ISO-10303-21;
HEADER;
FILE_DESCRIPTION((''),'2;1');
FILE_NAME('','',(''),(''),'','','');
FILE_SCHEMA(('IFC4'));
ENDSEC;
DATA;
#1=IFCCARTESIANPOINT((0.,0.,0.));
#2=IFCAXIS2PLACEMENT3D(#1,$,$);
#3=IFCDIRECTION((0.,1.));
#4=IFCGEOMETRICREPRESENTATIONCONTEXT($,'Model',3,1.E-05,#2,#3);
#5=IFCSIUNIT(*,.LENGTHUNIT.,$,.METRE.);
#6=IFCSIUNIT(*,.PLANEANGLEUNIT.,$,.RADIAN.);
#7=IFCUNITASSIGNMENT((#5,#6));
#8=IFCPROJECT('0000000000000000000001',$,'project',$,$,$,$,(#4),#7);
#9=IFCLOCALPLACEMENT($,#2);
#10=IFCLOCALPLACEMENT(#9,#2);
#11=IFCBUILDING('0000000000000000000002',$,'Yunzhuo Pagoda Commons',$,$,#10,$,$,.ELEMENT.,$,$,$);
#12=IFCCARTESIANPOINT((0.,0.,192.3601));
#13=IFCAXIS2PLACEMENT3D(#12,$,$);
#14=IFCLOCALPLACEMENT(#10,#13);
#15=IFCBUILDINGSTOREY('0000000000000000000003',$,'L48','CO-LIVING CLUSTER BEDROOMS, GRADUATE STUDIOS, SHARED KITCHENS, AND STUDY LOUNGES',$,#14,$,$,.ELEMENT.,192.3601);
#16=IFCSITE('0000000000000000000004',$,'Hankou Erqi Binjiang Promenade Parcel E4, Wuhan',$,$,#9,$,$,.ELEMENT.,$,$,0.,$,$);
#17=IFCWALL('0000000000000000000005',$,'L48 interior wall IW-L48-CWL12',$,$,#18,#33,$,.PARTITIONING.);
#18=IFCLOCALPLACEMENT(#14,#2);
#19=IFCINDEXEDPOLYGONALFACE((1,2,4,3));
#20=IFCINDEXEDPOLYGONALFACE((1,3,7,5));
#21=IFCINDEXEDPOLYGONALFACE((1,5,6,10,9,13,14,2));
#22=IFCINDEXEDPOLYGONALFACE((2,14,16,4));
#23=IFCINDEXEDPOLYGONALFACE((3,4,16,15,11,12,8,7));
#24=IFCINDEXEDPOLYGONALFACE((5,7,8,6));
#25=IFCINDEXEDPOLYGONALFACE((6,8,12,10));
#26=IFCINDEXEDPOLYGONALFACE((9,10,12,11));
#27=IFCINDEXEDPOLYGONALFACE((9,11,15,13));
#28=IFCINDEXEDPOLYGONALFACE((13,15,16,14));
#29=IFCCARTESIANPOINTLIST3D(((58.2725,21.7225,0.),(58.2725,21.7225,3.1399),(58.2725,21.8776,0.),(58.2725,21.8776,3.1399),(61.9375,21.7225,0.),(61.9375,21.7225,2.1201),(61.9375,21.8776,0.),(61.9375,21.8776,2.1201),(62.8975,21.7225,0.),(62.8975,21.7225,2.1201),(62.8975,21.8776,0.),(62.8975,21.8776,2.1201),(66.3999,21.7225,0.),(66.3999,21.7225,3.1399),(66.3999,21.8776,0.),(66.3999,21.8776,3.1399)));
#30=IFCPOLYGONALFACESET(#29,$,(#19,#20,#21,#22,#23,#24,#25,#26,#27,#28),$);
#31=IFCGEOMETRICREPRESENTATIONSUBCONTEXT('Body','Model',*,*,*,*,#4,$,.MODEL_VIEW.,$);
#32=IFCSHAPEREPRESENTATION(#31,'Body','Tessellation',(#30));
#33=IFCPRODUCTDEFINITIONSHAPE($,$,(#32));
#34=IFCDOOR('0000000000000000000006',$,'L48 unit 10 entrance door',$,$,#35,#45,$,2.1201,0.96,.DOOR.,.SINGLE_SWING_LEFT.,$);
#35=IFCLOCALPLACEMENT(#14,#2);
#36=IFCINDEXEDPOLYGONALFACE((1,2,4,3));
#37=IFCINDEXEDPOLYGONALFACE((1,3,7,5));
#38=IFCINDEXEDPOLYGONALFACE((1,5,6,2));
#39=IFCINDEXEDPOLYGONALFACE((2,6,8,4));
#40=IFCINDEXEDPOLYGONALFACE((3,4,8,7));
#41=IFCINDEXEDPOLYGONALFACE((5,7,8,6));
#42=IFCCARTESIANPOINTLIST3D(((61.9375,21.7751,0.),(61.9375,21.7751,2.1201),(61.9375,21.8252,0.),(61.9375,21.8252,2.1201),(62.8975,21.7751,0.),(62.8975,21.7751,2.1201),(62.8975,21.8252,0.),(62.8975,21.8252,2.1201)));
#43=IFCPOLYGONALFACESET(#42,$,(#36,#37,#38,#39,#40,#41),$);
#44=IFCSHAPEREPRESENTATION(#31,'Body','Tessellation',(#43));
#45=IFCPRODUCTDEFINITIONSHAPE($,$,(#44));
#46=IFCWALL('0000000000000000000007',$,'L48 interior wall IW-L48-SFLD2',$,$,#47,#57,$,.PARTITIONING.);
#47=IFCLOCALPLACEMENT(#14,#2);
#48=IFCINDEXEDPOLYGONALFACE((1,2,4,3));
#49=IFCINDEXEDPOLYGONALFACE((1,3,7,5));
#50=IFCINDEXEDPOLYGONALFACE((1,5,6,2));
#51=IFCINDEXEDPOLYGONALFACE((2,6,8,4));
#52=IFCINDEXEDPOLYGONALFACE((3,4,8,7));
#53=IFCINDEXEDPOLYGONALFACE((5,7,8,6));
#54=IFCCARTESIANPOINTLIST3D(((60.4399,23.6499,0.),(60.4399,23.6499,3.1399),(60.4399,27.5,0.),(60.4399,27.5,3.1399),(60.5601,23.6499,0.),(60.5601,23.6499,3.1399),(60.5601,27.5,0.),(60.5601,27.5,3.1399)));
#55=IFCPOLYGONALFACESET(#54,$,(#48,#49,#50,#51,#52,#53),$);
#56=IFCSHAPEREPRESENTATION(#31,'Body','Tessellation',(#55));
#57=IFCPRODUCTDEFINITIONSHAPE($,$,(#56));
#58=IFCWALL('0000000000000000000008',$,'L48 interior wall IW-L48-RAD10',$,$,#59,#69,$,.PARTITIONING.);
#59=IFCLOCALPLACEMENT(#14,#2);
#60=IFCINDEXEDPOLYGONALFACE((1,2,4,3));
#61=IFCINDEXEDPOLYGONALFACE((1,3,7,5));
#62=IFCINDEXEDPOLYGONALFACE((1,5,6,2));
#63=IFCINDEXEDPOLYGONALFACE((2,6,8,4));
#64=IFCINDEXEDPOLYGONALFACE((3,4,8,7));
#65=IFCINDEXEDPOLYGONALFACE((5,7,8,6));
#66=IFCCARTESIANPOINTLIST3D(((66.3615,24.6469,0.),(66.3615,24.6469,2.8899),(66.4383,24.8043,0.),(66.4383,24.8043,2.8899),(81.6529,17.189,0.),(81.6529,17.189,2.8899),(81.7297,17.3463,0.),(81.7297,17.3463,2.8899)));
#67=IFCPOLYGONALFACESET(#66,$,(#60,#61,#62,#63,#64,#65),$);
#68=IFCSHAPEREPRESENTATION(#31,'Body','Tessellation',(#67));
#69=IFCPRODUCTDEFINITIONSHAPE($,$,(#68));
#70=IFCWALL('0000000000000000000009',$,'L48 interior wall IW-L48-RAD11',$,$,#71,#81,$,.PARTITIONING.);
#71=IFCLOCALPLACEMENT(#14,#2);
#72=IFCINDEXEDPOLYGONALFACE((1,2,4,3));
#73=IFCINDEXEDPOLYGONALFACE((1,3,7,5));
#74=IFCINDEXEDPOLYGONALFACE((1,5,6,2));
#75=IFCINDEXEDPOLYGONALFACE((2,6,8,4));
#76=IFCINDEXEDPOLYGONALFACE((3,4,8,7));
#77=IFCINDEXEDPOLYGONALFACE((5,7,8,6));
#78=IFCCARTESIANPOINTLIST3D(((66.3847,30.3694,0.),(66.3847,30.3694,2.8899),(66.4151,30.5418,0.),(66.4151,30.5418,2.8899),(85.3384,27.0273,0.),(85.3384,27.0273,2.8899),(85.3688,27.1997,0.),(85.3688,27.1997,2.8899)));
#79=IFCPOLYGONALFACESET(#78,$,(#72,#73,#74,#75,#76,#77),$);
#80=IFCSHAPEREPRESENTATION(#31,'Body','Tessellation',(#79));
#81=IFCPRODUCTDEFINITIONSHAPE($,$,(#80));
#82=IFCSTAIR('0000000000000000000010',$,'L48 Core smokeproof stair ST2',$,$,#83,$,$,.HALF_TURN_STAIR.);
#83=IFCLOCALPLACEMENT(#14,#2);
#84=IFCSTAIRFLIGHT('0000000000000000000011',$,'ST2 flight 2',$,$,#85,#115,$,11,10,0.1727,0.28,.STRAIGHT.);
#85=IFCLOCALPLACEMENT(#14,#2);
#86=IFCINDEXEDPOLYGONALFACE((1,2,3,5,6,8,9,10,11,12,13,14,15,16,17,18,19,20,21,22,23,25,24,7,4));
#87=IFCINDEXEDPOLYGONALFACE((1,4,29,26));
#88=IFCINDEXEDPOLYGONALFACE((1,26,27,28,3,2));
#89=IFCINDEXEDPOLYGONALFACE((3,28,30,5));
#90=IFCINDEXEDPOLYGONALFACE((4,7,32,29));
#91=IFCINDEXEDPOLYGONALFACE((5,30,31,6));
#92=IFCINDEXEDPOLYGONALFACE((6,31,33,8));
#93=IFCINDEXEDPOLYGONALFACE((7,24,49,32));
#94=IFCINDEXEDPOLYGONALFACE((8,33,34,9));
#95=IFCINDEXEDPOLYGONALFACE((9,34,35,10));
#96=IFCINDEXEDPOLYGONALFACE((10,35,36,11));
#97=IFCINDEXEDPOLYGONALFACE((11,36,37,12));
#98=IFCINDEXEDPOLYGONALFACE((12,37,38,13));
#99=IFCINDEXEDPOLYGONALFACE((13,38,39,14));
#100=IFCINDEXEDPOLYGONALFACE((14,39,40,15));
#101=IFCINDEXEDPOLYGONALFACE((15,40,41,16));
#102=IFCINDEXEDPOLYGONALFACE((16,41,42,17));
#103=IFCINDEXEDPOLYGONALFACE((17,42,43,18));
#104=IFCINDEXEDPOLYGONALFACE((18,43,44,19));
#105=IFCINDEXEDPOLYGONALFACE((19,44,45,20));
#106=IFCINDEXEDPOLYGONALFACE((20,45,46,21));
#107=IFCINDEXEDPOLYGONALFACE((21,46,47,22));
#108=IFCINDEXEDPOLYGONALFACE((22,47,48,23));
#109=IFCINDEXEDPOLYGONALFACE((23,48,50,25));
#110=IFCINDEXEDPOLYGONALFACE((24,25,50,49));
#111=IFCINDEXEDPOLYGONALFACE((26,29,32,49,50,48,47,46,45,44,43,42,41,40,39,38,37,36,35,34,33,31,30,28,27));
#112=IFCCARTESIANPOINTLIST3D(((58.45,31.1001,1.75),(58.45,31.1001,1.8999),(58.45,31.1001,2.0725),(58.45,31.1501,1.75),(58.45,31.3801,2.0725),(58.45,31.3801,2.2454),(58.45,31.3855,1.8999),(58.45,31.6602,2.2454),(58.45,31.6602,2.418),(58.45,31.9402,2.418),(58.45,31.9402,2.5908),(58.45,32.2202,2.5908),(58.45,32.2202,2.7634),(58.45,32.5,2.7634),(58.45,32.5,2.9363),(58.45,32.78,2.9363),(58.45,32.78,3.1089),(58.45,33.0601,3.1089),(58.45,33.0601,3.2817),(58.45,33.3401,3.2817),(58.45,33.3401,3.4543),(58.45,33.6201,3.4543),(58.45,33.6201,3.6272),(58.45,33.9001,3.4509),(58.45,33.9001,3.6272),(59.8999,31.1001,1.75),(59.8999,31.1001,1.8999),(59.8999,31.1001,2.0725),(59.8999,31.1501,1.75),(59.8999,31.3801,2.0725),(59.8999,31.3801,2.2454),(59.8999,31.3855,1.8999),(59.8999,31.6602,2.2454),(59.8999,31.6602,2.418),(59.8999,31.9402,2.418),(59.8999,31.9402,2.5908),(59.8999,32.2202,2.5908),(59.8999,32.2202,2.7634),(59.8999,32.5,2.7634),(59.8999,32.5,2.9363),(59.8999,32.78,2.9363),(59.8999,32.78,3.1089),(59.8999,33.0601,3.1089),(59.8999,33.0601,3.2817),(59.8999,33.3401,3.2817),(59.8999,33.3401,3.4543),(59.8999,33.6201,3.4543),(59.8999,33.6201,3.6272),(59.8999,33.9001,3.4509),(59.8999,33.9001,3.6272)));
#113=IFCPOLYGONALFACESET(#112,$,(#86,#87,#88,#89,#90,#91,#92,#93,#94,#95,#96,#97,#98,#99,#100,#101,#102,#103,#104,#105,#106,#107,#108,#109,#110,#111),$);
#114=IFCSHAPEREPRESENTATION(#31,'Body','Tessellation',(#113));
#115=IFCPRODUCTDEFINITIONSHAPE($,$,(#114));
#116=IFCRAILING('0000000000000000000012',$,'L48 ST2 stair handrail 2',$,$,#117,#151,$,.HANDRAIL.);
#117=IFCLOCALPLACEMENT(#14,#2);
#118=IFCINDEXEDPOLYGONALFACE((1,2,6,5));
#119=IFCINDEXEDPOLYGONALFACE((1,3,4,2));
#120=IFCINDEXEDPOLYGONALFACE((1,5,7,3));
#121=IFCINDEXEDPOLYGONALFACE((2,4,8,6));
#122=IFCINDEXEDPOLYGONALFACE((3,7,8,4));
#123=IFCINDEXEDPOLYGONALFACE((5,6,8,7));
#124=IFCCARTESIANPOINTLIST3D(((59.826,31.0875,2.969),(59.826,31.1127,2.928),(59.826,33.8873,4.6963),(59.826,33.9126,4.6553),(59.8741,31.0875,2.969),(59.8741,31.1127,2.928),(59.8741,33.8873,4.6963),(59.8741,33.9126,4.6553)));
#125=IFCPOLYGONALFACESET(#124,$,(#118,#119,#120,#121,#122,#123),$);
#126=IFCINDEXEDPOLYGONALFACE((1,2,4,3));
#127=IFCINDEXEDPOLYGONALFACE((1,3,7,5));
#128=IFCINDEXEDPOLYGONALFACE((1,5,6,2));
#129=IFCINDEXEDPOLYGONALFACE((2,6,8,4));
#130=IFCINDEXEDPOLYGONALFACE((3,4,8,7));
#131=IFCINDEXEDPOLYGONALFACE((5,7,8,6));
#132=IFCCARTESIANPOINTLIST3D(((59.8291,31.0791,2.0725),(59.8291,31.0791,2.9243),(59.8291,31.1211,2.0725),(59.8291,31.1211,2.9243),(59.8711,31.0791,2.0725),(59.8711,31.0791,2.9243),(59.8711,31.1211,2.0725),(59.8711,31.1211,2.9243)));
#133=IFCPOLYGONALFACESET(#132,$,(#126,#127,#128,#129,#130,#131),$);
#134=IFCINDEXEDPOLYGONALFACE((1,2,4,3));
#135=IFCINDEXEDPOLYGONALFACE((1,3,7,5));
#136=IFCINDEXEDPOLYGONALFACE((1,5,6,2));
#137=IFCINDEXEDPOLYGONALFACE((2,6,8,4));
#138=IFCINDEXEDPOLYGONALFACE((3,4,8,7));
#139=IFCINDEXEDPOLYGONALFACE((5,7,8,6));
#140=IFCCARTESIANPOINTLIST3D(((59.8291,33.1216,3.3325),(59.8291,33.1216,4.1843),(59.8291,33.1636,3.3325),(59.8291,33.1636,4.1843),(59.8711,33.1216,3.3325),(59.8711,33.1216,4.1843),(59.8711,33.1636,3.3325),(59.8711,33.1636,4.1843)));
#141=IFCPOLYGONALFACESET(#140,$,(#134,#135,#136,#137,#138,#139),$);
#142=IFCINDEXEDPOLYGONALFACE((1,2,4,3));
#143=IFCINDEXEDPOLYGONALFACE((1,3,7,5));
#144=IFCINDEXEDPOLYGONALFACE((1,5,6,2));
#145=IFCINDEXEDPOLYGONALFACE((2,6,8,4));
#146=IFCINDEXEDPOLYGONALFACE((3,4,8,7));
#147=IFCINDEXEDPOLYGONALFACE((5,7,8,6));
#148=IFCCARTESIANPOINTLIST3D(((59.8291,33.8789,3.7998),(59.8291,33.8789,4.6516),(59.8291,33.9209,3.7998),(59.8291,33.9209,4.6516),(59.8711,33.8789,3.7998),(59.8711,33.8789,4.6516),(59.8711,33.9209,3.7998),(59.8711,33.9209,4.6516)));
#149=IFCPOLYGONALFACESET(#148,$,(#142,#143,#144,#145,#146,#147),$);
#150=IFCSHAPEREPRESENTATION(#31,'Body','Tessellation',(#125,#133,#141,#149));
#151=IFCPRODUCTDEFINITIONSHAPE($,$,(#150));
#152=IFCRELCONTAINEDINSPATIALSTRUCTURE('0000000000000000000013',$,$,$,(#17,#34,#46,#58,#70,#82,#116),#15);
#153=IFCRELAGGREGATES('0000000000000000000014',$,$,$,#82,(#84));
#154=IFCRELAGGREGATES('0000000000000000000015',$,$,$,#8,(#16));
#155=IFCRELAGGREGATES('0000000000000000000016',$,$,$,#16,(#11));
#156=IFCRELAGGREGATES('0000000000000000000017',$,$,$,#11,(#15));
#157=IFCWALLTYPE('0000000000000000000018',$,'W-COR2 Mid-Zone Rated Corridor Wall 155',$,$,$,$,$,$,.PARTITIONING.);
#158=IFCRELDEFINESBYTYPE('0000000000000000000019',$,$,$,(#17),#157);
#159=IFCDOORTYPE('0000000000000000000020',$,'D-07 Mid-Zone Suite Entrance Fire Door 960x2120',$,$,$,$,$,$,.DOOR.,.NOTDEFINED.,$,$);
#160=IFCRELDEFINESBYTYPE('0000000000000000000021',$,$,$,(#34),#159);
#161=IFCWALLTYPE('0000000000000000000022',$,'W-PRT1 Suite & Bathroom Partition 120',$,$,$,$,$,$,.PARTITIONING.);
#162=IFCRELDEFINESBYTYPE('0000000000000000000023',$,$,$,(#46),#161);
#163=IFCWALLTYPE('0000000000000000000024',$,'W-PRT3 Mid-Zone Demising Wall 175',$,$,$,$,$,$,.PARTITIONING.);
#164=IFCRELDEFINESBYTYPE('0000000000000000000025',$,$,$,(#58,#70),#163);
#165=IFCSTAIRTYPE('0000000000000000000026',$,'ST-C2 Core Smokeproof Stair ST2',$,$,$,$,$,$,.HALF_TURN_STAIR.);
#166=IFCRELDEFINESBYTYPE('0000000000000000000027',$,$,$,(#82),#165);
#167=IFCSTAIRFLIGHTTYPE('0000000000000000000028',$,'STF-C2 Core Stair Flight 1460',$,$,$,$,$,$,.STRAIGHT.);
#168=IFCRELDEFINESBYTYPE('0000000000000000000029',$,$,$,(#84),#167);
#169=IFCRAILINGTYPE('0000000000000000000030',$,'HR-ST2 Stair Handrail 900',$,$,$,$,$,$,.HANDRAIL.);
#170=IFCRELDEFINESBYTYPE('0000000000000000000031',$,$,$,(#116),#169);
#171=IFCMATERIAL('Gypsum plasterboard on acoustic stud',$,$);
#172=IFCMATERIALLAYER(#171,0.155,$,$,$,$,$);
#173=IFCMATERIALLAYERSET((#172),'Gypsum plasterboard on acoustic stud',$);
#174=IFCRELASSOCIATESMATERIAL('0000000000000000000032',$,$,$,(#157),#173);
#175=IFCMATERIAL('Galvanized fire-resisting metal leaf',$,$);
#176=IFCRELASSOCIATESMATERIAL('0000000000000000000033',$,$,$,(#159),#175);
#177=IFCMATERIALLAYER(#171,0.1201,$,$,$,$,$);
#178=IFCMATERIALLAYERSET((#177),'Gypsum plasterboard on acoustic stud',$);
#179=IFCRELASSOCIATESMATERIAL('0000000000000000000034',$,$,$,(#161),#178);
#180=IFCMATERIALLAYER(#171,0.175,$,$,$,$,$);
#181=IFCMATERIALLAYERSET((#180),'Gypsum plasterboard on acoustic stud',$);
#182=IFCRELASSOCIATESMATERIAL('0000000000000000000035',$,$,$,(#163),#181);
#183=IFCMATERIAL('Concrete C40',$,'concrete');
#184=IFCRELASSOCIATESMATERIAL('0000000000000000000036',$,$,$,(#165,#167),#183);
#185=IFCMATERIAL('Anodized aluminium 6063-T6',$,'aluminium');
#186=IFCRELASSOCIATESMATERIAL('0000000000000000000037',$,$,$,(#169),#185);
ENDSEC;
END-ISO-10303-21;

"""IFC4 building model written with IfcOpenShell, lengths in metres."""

from ifc_helpers import new_model, si_unit, direction, frame, frame_2d, origin, origin_with_axes, origin_2d, place, context, subcontext, project, spatial, polyline, rectangle, outline, extrude, source, transform, mapped, material, layer, layer_set, type_object, element, fill, aggregate, save


model = new_model("IFC4")

# Units and contexts
model_context = context("Model", 3, precision=1e-05, world=origin(), true_north=direction((0.0, 1.0)))
body_context = subcontext(model_context, "Body", "Model", "MODEL_VIEW")
ifc_project = project(units=[si_unit("LENGTHUNIT", "METRE"), si_unit("PLANEANGLEUNIT", "RADIAN")], contexts=[model_context])

# Site, building, storey
site_placement = place(None, origin())
site = spatial("IfcSite", under=ifc_project, at=site_placement, Name="Hankou Erqi Binjiang Promenade Parcel E4, Wuhan", CompositionType="ELEMENT", RefElevation=0.0)
building_placement = place(site_placement, origin())
building = spatial("IfcBuilding", under=site, at=building_placement, Name="Yunzhuo Pagoda Commons", CompositionType="ELEMENT")
storey_placement = place(building_placement, frame((0.0, 0.0, 192.3601)))
storey = spatial("IfcBuildingStorey", under=building, at=storey_placement, Name="L48", Description="CO-LIVING CLUSTER BEDROOMS, GRADUATE STUDIOS, SHARED KITCHENS, AND STUDY LOUNGES", CompositionType="ELEMENT", Elevation=192.3601)

# Shared definitions
ifc_material_1 = material(Name="Anodized aluminium 6063-T6", Category="aluminium")

# Shared definitions
ifc_material_2 = material(Name="Gypsum plasterboard on acoustic stud")
ifc_layer_1 = layer(ifc_material_2, 0.155)
ifc_layer_set_1 = layer_set([ifc_layer_1], Name="Gypsum plasterboard on acoustic stud")
wall_type_1 = type_object("IfcWallType", Name="W-COR2 Mid-Zone Rated Corridor Wall 155", PredefinedType="PARTITIONING", material=ifc_layer_set_1)
ifc_material_3 = material(Name="Galvanized fire-resisting metal leaf")
door_type_1 = type_object("IfcDoorType", Name="D-07 Mid-Zone Suite Entrance Fire Door 960x2120", OperationType="NOTDEFINED", PredefinedType="DOOR", material=ifc_material_3)
shared_shape_1 = source(origin(), body_context, "Body", "SweptSolid", [
    extrude(rectangle(XDim=0.96, YDim=2.1201, at=frame_2d((0.48, 1.0601))), frame((0.0, 0.0249, 0.0), z_axis=(0.0, -1.0, 0.0), x_axis=(1.0, 0.0, 0.0)), (0.0, 0.0, 1.0), 0.05),
])

# Wall, opening, door
wall_1_placement = place(storey_placement, frame((66.3999, 21.8, 0.0), z_axis=(0.0, 0.0, 1.0), x_axis=(-1.0, 0.0, 0.0)))
wall_1 = element("IfcWall", 1, at=wall_1_placement, inside=storey, type_object=wall_type_1, Name="L48 interior wall IW-L48-CWL12", PredefinedType="PARTITIONING", context=body_context, shape_type="SweptSolid", body=[
    extrude(rectangle(XDim=8.1274, YDim=0.155, at=frame_2d((4.0637, 0.0))), origin(), (0.0, 0.0, 1.0), 3.1399),
])
opening_1_placement = place(wall_1_placement, frame((3.5024, 0.0, 0.0)))
opening_1 = element("IfcOpeningElement", 2, at=opening_1_placement, cuts=wall_1, PredefinedType="OPENING", context=body_context, shape_type="SweptSolid", body=[
    extrude(rectangle(XDim=0.96, YDim=2.1201, at=frame_2d((0.48, 1.0601))), frame((0.0, 0.0874, 0.0), z_axis=(0.0, -1.0, 0.0), x_axis=(1.0, 0.0, 0.0)), (0.0, 0.0, 1.0), 0.175),
])
door_1_placement = place(opening_1_placement, origin_with_axes())
door_1 = element("IfcDoor", 3, at=door_1_placement, inside=storey, type_object=door_type_1, Name="L48 unit 10 entrance door", OperationType="SINGLE_SWING_LEFT", OverallHeight=2.1201, OverallWidth=0.96, PredefinedType="DOOR", context=body_context, shape_type="MappedRepresentation", body=[
    mapped(shared_shape_1, transform((0.0, 0.0, 0.0), scale=1.0)),
])
fill(opening_1, door_1)

# Walls
ifc_layer_2 = layer(ifc_material_2, 0.1201)
ifc_layer_set_2 = layer_set([ifc_layer_2], Name="Gypsum plasterboard on acoustic stud")
wall_type_2 = type_object("IfcWallType", Name="W-PRT1 Suite & Bathroom Partition 120", PredefinedType="PARTITIONING", material=ifc_layer_set_2)
wall_2_placement = place(storey_placement, frame((60.5, 23.6499, 0.0), z_axis=(0.0, 0.0, 1.0), x_axis=(0.0, 1.0, 0.0)))
element("IfcWall", 4, at=wall_2_placement, inside=storey, type_object=wall_type_2, Name="L48 interior wall IW-L48-SFLD2", PredefinedType="PARTITIONING", context=body_context, shape_type="SweptSolid", body=[
    extrude(rectangle(XDim=3.8501, YDim=0.1201, at=frame_2d((1.925, 0.0))), origin(), (0.0, 0.0, 1.0), 3.1399),
])
ifc_layer_3 = layer(ifc_material_2, 0.175)
ifc_layer_set_3 = layer_set([ifc_layer_3], Name="Gypsum plasterboard on acoustic stud")
wall_type_3 = type_object("IfcWallType", Name="W-PRT3 Mid-Zone Demising Wall 175", PredefinedType="PARTITIONING", material=ifc_layer_set_3)
wall_3_placement = place(storey_placement, frame((66.3999, 24.7256, 0.0), z_axis=(0.0, 0.0, 1.0), x_axis=(0.898798, -0.438364, 0.0)))
element("IfcWall", 5, at=wall_3_placement, inside=storey, type_object=wall_type_3, Name="L48 interior wall IW-L48-RAD10", PredefinedType="PARTITIONING", context=body_context, shape_type="SweptSolid", body=[
    extrude(rectangle(XDim=17.0132, YDim=0.175, at=frame_2d((8.5066, 0.0))), origin(), (0.0, 0.0, 1.0), 2.8899),
])
wall_4_placement = place(storey_placement, frame((66.3999, 30.4556, 0.0), z_axis=(0.0, 0.0, 1.0), x_axis=(0.984808, -0.173649, 0.0)))
element("IfcWall", 6, at=wall_4_placement, inside=storey, type_object=wall_type_3, Name="L48 interior wall IW-L48-RAD11", PredefinedType="PARTITIONING", context=body_context, shape_type="SweptSolid", body=[
    extrude(rectangle(XDim=19.2461, YDim=0.175, at=frame_2d((9.623, 0.0))), origin(), (0.0, 0.0, 1.0), 2.8899),
])

# Stair, stair flight
ifc_material_4 = material(Name="Concrete C40", Category="concrete")
stair_type = type_object("IfcStairType", Name="ST-C2 Core Smokeproof Stair ST2", PredefinedType="HALF_TURN_STAIR", material=ifc_material_4)
stair_placement = place(storey_placement, origin())
stair = element("IfcStair", 7, at=stair_placement, inside=storey, type_object=stair_type, Name="L48 Core smokeproof stair ST2", PredefinedType="HALF_TURN_STAIR")
stair_flight_type = type_object("IfcStairFlightType", Name="STF-C2 Core Stair Flight 1460", PredefinedType="STRAIGHT", material=ifc_material_4)
shared_shape_2 = source(origin(), body_context, "Body", "SweptSolid", [
    extrude(outline(polyline([(0.0, -0.1499), (0.0, 0.0), (0.0, 0.1726), (0.28, 0.1726), (0.28, 0.3455), (0.5601, 0.3455), (0.5601, 0.5181), (0.8401, 0.5181), (0.8401, 0.6909), (1.1201, 0.6909), (1.1201, 0.8635), (1.3999, 0.8635), (1.3999, 1.0364), (1.6799, 1.0364), (1.6799, 1.209), (1.96, 1.209), (1.96, 1.3818), (2.24, 1.3818), (2.24, 1.5544), (2.52, 1.5544), (2.52, 1.7273), (2.8, 1.7273), (2.8, 1.8999), (2.8, 1.551), (0.2854, 0.0), (0.05, -0.1499), (0.0, -0.1499)])), frame((0.0, 0.7251, 0.0), z_axis=(0.0, -1.0, 0.0), x_axis=(1.0, 0.0, 0.0)), (0.0, 0.0, 1.0), 1.45),
])
stair_flight_placement = place(storey_placement, frame((59.175, 31.1001, 1.8999), z_axis=(0.0, 0.0, 1.0), x_axis=(0.0, 1.0, 0.0)))
stair_flight = element("IfcStairFlight", 8, at=stair_flight_placement, type_object=stair_flight_type, Name="ST2 flight 2", NumberOfRisers=11, NumberOfTreads=10, PredefinedType="STRAIGHT", RiserHeight=0.1727, TreadLength=0.28, context=body_context, shape_type="MappedRepresentation", body=[
    mapped(shared_shape_2, transform((0.0, 0.0, 0.0), scale=1.0)),
])
aggregate(stair, [stair_flight])

# Railing
railing_type = type_object("IfcRailingType", Name="HR-ST2 Stair Handrail 900", PredefinedType="HANDRAIL", material=ifc_material_1)
railing_placement = place(storey_placement, frame((59.8501, 31.1001, 2.0725)))
element("IfcRailing", 9, at=railing_placement, inside=storey, type_object=railing_type, Name="L48 ST2 stair handrail 2", PredefinedType="HANDRAIL", context=body_context, shape_type="SweptSolid", body=[
    extrude(rectangle(XDim=0.0481, YDim=0.0481, at=origin_2d()), frame((0.0, 0.0, 0.876), z_axis=(0.0, 0.851069, 0.525054), x_axis=(-1.0, 0.0, 0.0)), (0.0, 0.0, 1.0), 3.2898),
    extrude(rectangle(XDim=0.042, YDim=0.042, at=origin_2d()), origin(), (0.0, 0.0, 1.0), 0.8518),
    extrude(rectangle(XDim=0.042, YDim=0.042, at=origin_2d()), frame((0.0, 2.0425, 1.26)), (0.0, 0.0, 1.0), 0.8518),
    extrude(rectangle(XDim=0.042, YDim=0.042, at=origin_2d()), frame((0.0, 2.7998, 1.7273)), (0.0, 0.0, 1.0), 0.8518),
])

save(model, "model.ifc")
